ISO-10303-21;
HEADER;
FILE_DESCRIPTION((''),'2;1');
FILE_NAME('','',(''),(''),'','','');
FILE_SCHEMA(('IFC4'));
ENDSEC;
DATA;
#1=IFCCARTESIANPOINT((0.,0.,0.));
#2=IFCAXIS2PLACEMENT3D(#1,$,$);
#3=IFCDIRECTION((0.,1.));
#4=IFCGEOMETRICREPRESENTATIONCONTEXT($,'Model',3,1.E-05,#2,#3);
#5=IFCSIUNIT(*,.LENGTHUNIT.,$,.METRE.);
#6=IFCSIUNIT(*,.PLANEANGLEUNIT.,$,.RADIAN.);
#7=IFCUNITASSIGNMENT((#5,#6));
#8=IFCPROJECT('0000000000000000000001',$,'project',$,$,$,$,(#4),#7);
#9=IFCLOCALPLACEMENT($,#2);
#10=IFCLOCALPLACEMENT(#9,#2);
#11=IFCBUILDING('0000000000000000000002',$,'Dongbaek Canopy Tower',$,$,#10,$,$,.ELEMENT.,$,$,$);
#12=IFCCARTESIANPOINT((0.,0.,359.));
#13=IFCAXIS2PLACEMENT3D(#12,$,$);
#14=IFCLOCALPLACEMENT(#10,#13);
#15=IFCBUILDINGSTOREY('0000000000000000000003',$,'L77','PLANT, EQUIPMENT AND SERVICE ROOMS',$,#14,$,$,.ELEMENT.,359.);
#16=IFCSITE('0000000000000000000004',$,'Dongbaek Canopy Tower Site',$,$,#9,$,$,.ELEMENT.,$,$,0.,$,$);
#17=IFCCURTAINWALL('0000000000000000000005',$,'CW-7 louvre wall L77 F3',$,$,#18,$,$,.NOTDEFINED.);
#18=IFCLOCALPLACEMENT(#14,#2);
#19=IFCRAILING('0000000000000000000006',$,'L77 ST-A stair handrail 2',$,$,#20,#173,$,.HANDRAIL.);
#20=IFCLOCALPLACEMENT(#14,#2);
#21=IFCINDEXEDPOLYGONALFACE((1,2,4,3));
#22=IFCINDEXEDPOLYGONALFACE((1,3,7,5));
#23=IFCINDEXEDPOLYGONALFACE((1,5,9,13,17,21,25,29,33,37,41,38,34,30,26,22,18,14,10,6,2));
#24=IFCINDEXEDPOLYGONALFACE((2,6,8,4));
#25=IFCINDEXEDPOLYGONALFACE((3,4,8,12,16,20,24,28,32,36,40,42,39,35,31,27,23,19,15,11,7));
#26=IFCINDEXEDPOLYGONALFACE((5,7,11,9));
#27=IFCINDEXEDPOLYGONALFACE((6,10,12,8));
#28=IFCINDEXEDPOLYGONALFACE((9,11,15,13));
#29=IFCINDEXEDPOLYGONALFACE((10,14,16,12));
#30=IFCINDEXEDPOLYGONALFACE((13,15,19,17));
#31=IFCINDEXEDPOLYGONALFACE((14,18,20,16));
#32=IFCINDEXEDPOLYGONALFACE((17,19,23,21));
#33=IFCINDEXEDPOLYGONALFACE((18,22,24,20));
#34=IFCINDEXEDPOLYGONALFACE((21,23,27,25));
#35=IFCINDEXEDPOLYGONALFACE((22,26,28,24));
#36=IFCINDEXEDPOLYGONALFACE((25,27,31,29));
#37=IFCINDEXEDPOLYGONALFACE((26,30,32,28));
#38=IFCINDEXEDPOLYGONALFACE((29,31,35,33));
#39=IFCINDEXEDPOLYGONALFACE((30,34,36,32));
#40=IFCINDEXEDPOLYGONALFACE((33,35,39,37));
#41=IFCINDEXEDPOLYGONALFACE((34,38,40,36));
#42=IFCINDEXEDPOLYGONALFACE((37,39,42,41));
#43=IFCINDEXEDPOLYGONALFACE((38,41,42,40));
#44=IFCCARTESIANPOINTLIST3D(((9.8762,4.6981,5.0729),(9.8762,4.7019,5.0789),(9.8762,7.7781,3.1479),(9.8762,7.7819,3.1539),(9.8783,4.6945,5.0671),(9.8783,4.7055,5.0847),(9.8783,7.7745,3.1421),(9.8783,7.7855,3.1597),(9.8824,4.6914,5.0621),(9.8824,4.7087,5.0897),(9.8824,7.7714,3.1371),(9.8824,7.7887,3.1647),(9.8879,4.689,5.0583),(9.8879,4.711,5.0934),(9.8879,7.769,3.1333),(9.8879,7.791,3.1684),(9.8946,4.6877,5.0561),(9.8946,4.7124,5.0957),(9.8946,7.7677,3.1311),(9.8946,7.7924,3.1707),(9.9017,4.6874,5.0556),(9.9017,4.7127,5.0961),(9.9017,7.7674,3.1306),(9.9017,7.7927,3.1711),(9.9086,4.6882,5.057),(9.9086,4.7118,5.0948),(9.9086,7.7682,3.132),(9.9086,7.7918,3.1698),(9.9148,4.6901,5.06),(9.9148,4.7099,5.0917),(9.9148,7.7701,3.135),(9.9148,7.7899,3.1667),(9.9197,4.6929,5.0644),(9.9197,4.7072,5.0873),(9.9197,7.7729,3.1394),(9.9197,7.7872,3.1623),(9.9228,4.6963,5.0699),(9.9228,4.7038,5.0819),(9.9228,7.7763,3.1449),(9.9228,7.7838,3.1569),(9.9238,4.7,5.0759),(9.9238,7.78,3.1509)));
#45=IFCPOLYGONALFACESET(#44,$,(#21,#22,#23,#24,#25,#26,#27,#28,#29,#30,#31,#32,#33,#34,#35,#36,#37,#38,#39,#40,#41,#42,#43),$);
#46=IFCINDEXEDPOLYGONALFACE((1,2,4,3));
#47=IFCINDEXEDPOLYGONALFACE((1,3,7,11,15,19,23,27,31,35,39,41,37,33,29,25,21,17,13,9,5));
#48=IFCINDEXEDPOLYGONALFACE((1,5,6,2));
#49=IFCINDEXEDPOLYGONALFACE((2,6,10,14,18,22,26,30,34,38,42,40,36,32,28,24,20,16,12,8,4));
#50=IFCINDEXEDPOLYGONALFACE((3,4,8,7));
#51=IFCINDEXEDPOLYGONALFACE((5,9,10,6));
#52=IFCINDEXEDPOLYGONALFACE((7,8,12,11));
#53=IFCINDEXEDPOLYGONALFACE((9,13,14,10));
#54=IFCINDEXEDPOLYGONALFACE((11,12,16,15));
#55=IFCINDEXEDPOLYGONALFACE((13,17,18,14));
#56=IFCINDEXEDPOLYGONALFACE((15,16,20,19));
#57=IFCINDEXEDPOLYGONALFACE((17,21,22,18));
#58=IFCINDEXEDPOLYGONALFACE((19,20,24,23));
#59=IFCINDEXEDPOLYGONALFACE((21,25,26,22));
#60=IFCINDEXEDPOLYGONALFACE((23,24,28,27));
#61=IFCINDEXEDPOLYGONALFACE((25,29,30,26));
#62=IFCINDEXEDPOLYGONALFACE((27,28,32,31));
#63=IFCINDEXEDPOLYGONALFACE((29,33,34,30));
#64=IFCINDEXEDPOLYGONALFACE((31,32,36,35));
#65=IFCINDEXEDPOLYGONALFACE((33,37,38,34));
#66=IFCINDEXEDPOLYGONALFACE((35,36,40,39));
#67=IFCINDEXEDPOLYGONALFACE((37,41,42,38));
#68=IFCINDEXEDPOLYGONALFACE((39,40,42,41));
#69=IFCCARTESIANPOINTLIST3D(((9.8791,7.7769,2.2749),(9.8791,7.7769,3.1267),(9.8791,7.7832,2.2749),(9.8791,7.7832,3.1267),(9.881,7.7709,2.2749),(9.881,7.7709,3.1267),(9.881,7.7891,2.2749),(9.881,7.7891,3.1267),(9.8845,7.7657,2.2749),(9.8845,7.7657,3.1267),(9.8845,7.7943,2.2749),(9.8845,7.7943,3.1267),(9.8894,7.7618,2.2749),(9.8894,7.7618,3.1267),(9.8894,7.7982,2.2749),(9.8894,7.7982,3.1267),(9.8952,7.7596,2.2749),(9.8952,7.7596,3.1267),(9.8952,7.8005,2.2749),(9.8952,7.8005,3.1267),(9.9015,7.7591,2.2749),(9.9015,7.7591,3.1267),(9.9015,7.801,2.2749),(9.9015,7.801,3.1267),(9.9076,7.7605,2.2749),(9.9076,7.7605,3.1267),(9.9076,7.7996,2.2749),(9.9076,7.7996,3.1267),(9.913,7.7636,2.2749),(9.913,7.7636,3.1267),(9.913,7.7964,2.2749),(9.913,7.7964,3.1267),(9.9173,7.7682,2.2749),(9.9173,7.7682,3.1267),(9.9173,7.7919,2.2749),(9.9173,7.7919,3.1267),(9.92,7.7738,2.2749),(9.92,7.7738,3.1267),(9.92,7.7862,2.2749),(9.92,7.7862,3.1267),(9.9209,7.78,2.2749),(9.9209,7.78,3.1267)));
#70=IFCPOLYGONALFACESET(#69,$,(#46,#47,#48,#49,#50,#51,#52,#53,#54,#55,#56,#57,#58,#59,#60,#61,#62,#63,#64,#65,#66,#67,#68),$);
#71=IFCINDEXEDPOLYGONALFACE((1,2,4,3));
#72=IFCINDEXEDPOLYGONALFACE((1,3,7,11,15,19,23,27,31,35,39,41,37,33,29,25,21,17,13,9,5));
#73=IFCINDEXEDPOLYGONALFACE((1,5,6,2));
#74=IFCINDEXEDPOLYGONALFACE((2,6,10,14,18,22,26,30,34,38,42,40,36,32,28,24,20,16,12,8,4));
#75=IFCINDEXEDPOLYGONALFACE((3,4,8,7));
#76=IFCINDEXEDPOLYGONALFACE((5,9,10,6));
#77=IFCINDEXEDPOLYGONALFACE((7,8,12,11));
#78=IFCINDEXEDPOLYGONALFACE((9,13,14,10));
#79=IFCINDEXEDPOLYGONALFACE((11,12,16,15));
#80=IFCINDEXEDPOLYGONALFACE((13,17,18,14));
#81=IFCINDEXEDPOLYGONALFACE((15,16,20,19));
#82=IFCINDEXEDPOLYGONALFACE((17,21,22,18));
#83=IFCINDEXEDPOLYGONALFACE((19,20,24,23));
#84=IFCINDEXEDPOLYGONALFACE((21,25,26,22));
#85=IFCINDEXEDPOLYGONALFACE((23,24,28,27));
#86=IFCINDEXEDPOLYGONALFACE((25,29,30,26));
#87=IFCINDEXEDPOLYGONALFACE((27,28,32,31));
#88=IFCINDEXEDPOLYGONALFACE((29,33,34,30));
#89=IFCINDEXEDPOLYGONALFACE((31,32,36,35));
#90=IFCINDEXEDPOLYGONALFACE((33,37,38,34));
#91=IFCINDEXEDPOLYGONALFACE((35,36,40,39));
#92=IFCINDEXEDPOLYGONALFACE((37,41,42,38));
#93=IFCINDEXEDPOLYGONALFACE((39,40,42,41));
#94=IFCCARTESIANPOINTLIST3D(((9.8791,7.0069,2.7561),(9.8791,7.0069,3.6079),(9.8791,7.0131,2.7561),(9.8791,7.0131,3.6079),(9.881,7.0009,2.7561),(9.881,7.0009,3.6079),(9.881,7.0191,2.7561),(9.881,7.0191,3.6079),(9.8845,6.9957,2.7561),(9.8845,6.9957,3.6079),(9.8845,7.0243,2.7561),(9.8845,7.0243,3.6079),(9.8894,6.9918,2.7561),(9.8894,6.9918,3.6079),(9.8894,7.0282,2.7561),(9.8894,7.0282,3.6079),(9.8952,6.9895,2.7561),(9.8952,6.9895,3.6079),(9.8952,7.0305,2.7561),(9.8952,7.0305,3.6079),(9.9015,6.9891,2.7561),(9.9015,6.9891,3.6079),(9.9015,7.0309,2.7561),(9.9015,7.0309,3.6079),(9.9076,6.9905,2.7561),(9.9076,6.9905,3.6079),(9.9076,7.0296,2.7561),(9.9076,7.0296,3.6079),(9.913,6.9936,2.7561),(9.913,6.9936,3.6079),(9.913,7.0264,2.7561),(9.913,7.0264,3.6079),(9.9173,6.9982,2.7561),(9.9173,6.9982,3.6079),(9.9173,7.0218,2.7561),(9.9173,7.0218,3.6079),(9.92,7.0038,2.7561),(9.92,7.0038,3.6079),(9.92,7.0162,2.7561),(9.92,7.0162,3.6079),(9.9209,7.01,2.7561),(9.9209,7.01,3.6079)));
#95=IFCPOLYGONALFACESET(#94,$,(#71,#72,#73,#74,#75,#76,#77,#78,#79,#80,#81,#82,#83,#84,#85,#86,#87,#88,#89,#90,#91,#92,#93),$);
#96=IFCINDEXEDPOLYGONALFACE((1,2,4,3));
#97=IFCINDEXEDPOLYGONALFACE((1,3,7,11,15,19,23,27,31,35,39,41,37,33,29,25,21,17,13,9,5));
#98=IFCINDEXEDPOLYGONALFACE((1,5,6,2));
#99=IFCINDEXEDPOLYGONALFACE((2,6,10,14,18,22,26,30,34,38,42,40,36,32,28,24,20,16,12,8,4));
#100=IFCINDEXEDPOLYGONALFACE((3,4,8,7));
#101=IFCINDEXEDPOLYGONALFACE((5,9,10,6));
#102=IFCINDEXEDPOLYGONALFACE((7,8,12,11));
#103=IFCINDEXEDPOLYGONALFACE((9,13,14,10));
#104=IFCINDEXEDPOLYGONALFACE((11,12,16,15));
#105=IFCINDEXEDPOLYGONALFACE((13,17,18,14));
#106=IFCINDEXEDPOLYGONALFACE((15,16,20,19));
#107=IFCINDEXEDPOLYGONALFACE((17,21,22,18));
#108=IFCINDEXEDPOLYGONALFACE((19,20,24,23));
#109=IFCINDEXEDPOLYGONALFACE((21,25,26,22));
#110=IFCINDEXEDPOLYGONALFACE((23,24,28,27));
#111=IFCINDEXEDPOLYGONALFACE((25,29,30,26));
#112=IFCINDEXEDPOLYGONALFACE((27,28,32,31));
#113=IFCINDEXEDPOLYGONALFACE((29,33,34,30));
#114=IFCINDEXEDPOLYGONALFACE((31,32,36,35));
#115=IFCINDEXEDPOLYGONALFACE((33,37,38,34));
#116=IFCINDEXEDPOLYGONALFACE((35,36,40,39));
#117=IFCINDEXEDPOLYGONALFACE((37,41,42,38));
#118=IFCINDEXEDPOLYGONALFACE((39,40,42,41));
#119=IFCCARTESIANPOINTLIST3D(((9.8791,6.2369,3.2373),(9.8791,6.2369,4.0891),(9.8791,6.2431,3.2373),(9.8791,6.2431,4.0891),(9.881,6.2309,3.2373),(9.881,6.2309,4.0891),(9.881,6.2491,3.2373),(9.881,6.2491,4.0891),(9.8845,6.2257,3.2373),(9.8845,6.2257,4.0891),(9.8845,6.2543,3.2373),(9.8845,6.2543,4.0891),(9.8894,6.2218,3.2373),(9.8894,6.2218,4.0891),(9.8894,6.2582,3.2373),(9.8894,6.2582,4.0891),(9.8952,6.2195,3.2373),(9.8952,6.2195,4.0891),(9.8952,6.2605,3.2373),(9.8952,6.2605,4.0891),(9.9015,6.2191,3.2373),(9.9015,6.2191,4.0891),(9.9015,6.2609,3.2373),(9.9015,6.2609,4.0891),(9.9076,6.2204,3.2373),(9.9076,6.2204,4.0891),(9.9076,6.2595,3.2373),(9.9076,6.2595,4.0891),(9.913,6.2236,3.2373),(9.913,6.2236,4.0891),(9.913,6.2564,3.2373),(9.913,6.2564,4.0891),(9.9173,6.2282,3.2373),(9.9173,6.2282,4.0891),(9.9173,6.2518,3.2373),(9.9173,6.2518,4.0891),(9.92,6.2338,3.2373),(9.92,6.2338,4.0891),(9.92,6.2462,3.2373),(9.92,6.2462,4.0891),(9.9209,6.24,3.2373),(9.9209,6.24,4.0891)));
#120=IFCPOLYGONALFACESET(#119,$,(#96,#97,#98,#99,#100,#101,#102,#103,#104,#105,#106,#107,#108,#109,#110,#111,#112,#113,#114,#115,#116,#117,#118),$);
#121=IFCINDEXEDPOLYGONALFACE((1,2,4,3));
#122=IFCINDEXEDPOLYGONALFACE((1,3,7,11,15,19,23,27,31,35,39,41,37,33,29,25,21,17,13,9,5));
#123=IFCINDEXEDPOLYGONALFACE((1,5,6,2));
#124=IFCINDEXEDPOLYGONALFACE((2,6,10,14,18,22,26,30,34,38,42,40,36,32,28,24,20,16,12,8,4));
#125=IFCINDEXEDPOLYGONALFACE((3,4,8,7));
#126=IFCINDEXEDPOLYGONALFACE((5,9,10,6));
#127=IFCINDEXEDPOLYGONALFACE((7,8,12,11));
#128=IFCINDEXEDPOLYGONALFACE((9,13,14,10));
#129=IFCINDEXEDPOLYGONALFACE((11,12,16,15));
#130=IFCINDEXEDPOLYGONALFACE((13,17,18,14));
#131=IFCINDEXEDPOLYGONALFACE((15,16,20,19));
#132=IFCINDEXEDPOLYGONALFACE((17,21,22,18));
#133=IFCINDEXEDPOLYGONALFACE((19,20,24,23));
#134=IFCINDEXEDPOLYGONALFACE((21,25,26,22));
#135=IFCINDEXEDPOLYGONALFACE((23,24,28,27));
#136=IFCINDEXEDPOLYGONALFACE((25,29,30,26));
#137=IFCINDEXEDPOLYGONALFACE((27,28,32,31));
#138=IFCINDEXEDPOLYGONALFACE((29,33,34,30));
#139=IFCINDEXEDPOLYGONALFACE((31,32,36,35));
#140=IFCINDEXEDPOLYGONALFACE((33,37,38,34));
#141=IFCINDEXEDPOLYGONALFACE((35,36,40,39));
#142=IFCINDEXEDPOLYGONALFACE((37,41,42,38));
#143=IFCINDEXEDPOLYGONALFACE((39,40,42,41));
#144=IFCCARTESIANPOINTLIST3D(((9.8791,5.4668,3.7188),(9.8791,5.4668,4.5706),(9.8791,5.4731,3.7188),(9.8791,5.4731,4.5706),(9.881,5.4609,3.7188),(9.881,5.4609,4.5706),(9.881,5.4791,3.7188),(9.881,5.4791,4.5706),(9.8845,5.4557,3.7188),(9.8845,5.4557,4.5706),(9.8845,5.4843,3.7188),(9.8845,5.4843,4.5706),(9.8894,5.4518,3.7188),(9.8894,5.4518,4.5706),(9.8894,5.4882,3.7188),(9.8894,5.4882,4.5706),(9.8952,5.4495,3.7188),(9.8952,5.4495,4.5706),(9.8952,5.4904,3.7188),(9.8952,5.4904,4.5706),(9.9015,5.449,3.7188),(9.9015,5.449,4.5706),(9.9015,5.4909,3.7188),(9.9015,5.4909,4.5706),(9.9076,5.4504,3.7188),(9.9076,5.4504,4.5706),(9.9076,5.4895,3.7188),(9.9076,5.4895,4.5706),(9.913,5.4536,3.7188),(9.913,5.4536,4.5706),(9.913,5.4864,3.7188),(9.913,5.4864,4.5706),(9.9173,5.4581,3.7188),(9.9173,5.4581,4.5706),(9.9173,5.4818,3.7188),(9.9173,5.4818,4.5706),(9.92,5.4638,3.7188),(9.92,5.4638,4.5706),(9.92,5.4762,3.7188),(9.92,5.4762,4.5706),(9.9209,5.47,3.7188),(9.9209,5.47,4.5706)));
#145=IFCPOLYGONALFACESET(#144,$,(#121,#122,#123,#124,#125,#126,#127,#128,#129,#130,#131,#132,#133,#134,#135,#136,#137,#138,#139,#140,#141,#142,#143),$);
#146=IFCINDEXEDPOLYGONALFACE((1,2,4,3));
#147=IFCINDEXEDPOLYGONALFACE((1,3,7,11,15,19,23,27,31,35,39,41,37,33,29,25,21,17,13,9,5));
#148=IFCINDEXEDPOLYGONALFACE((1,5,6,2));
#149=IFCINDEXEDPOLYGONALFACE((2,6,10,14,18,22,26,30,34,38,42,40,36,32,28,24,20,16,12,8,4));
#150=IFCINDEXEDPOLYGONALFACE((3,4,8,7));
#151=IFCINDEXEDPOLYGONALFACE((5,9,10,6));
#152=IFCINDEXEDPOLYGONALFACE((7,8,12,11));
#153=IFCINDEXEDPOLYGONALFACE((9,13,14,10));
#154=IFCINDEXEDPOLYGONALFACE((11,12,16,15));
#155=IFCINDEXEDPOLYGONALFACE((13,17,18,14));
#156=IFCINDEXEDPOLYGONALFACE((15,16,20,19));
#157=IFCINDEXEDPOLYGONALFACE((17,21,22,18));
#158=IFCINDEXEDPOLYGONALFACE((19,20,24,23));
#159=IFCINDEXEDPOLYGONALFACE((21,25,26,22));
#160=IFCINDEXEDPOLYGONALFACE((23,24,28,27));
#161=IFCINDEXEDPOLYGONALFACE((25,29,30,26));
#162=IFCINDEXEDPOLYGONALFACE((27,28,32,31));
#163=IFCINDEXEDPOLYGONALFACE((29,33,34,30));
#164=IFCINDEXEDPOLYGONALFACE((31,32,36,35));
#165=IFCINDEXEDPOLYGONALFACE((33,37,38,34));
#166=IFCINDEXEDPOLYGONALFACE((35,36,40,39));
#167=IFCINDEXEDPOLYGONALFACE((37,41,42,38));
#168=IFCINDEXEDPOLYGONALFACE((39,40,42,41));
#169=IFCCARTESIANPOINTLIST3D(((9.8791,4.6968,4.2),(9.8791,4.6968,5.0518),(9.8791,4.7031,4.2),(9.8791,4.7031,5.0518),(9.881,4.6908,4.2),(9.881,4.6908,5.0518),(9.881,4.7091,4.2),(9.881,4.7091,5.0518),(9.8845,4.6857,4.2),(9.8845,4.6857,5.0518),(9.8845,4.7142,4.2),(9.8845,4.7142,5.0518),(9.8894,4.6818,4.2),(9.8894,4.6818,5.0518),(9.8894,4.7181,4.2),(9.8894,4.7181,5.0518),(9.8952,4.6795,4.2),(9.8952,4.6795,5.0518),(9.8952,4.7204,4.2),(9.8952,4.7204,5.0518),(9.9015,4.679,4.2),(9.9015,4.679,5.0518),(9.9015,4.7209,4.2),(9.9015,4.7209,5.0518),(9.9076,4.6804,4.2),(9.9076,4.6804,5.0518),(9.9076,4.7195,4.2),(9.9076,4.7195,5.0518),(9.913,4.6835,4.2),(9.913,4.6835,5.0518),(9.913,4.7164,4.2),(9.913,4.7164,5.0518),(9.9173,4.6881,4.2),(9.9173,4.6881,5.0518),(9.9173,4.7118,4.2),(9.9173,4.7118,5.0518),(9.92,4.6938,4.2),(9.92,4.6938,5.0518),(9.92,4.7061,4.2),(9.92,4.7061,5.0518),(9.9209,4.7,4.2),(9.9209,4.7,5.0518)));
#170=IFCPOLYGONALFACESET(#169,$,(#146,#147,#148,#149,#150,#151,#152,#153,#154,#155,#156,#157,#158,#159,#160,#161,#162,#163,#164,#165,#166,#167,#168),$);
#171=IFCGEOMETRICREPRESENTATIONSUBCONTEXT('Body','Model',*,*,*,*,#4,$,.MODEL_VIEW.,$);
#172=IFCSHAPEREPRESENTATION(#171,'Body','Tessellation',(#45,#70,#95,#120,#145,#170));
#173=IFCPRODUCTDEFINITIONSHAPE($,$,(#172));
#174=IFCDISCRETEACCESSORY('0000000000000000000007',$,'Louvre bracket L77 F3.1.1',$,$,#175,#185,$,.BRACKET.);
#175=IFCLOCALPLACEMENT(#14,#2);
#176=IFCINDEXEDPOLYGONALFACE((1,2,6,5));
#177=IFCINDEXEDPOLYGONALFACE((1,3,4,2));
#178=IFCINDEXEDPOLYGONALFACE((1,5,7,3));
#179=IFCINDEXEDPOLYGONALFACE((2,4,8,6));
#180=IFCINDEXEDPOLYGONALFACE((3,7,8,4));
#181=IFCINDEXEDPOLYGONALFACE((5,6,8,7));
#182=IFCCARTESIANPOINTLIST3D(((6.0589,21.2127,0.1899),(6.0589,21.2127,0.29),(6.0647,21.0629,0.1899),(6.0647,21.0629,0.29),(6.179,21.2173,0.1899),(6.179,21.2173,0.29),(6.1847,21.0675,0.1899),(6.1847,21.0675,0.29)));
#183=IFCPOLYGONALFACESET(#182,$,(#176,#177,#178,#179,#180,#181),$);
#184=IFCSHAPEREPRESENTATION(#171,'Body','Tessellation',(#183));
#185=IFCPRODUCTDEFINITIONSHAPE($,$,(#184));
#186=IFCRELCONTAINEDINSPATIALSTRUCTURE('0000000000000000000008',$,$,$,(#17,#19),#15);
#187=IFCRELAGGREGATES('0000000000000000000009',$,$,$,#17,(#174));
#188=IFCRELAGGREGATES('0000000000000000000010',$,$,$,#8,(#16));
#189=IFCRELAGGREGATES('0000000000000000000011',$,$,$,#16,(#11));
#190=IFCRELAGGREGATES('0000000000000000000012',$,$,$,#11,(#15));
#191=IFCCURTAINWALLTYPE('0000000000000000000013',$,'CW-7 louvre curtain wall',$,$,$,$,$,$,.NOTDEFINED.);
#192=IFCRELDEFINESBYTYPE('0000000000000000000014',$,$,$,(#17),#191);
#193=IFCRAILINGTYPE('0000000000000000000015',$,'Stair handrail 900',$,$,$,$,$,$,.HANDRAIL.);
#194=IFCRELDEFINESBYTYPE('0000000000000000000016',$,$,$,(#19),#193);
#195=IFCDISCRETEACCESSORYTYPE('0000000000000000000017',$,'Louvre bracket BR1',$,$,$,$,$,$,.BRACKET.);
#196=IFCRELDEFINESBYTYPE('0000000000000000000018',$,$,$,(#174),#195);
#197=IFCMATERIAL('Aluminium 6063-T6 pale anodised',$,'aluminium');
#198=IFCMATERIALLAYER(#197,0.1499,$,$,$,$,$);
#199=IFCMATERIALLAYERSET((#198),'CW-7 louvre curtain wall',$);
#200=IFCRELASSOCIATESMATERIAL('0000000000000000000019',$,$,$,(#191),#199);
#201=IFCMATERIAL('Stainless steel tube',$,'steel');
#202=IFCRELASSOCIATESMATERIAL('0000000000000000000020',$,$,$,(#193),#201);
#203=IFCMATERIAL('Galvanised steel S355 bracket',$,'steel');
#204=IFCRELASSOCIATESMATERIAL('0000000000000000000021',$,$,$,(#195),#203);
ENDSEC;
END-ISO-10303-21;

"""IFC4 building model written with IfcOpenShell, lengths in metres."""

from ifc_helpers import new_model, si_unit, direction, frame, origin, origin_2d, place, context, subcontext, project, spatial, rectangle, circle, extrude, material, layer, layer_set, type_object, element, aggregate, save


model = new_model("IFC4")

# Units and contexts
model_context = context("Model", 3, precision=1e-05, world=origin(), true_north=direction((0.0, 1.0)))
body_context = subcontext(model_context, "Body", "Model", "MODEL_VIEW")
ifc_project = project(units=[si_unit("LENGTHUNIT", "METRE"), si_unit("PLANEANGLEUNIT", "RADIAN")], contexts=[model_context])

# Site, building, storey
site_placement = place(None, origin())
site = spatial("IfcSite", under=ifc_project, at=site_placement, Name="Dongbaek Canopy Tower Site", CompositionType="ELEMENT", RefElevation=0.0)
building_placement = place(site_placement, origin())
building = spatial("IfcBuilding", under=site, at=building_placement, Name="Dongbaek Canopy Tower", CompositionType="ELEMENT")
storey_placement = place(building_placement, frame((0.0, 0.0, 359.0)))
storey = spatial("IfcBuildingStorey", under=building, at=storey_placement, Name="L77", Description="PLANT, EQUIPMENT AND SERVICE ROOMS", CompositionType="ELEMENT", Elevation=359.0)

# Shared definitions
ifc_material_1 = material(Name="Aluminium 6063-T6 pale anodised", Category="aluminium")
ifc_layer_1 = layer(ifc_material_1, 0.1499)
ifc_layer_set_1 = layer_set([ifc_layer_1], Name="CW-7 louvre curtain wall")
curtain_wall_type = type_object("IfcCurtainWallType", Name="CW-7 louvre curtain wall", PredefinedType="NOTDEFINED", material=ifc_layer_set_1)

# Curtain wall
curtain_wall_1_placement = place(storey_placement, origin())
curtain_wall_1 = element("IfcCurtainWall", 1, at=curtain_wall_1_placement, inside=storey, type_object=curtain_wall_type, Name="CW-7 louvre wall L77 F3", PredefinedType="NOTDEFINED")

# Railing
ifc_material_2 = material(Name="Stainless steel tube", Category="steel")
railing_type = type_object("IfcRailingType", Name="Stair handrail 900", PredefinedType="HANDRAIL", material=ifc_material_2)
railing_placement = place(storey_placement, frame((9.8999, 7.78, 2.2749)))
element("IfcRailing", 2, at=railing_placement, inside=storey, type_object=railing_type, Name="L77 ST-A stair handrail 2", PredefinedType="HANDRAIL", context=body_context, shape_type="SweptSolid", body=[
    extrude(circle(Radius=0.0239, at=origin_2d()), frame((0.0, 0.0, 0.876), z_axis=(0.0, -0.847998, 0.529999), x_axis=(1.0, 0.0, 0.0)), (0.0, 0.0, 1.0), 3.6321),
    extrude(circle(Radius=0.021, at=origin_2d()), origin(), (0.0, 0.0, 1.0), 0.8518),
    extrude(circle(Radius=0.021, at=origin_2d()), frame((0.0, -0.77, 0.4812)), (0.0, 0.0, 1.0), 0.8518),
    extrude(circle(Radius=0.021, at=origin_2d()), frame((0.0, -1.54, 0.9624)), (0.0, 0.0, 1.0), 0.8518),
    extrude(circle(Radius=0.021, at=origin_2d()), frame((0.0, -2.3101, 1.4438)), (0.0, 0.0, 1.0), 0.8518),
    extrude(circle(Radius=0.021, at=origin_2d()), frame((0.0, -3.0801, 1.925)), (0.0, 0.0, 1.0), 0.8518),
])

# Discrete accessory
ifc_material_3 = material(Name="Galvanised steel S355 bracket", Category="steel")
discrete_accessory_type = type_object("IfcDiscreteAccessoryType", Name="Louvre bracket BR1", PredefinedType="BRACKET", material=ifc_material_3)
discrete_accessory_placement = place(storey_placement, frame((6.1218, 21.1401, 0.1899), z_axis=(0.0, 0.0, 1.0), x_axis=(-0.999269, -0.038232, 0.0)))
discrete_accessory = element("IfcDiscreteAccessory", 3, at=discrete_accessory_placement, type_object=discrete_accessory_type, Name="Louvre bracket L77 F3.1.1", PredefinedType="BRACKET", context=body_context, shape_type="SweptSolid", body=[
    extrude(rectangle(XDim=0.1201, YDim=0.1499, at=origin_2d()), origin(), (0.0, 0.0, 1.0), 0.1001),
])
aggregate(curtain_wall_1, [discrete_accessory])

save(model, "model.ifc")
